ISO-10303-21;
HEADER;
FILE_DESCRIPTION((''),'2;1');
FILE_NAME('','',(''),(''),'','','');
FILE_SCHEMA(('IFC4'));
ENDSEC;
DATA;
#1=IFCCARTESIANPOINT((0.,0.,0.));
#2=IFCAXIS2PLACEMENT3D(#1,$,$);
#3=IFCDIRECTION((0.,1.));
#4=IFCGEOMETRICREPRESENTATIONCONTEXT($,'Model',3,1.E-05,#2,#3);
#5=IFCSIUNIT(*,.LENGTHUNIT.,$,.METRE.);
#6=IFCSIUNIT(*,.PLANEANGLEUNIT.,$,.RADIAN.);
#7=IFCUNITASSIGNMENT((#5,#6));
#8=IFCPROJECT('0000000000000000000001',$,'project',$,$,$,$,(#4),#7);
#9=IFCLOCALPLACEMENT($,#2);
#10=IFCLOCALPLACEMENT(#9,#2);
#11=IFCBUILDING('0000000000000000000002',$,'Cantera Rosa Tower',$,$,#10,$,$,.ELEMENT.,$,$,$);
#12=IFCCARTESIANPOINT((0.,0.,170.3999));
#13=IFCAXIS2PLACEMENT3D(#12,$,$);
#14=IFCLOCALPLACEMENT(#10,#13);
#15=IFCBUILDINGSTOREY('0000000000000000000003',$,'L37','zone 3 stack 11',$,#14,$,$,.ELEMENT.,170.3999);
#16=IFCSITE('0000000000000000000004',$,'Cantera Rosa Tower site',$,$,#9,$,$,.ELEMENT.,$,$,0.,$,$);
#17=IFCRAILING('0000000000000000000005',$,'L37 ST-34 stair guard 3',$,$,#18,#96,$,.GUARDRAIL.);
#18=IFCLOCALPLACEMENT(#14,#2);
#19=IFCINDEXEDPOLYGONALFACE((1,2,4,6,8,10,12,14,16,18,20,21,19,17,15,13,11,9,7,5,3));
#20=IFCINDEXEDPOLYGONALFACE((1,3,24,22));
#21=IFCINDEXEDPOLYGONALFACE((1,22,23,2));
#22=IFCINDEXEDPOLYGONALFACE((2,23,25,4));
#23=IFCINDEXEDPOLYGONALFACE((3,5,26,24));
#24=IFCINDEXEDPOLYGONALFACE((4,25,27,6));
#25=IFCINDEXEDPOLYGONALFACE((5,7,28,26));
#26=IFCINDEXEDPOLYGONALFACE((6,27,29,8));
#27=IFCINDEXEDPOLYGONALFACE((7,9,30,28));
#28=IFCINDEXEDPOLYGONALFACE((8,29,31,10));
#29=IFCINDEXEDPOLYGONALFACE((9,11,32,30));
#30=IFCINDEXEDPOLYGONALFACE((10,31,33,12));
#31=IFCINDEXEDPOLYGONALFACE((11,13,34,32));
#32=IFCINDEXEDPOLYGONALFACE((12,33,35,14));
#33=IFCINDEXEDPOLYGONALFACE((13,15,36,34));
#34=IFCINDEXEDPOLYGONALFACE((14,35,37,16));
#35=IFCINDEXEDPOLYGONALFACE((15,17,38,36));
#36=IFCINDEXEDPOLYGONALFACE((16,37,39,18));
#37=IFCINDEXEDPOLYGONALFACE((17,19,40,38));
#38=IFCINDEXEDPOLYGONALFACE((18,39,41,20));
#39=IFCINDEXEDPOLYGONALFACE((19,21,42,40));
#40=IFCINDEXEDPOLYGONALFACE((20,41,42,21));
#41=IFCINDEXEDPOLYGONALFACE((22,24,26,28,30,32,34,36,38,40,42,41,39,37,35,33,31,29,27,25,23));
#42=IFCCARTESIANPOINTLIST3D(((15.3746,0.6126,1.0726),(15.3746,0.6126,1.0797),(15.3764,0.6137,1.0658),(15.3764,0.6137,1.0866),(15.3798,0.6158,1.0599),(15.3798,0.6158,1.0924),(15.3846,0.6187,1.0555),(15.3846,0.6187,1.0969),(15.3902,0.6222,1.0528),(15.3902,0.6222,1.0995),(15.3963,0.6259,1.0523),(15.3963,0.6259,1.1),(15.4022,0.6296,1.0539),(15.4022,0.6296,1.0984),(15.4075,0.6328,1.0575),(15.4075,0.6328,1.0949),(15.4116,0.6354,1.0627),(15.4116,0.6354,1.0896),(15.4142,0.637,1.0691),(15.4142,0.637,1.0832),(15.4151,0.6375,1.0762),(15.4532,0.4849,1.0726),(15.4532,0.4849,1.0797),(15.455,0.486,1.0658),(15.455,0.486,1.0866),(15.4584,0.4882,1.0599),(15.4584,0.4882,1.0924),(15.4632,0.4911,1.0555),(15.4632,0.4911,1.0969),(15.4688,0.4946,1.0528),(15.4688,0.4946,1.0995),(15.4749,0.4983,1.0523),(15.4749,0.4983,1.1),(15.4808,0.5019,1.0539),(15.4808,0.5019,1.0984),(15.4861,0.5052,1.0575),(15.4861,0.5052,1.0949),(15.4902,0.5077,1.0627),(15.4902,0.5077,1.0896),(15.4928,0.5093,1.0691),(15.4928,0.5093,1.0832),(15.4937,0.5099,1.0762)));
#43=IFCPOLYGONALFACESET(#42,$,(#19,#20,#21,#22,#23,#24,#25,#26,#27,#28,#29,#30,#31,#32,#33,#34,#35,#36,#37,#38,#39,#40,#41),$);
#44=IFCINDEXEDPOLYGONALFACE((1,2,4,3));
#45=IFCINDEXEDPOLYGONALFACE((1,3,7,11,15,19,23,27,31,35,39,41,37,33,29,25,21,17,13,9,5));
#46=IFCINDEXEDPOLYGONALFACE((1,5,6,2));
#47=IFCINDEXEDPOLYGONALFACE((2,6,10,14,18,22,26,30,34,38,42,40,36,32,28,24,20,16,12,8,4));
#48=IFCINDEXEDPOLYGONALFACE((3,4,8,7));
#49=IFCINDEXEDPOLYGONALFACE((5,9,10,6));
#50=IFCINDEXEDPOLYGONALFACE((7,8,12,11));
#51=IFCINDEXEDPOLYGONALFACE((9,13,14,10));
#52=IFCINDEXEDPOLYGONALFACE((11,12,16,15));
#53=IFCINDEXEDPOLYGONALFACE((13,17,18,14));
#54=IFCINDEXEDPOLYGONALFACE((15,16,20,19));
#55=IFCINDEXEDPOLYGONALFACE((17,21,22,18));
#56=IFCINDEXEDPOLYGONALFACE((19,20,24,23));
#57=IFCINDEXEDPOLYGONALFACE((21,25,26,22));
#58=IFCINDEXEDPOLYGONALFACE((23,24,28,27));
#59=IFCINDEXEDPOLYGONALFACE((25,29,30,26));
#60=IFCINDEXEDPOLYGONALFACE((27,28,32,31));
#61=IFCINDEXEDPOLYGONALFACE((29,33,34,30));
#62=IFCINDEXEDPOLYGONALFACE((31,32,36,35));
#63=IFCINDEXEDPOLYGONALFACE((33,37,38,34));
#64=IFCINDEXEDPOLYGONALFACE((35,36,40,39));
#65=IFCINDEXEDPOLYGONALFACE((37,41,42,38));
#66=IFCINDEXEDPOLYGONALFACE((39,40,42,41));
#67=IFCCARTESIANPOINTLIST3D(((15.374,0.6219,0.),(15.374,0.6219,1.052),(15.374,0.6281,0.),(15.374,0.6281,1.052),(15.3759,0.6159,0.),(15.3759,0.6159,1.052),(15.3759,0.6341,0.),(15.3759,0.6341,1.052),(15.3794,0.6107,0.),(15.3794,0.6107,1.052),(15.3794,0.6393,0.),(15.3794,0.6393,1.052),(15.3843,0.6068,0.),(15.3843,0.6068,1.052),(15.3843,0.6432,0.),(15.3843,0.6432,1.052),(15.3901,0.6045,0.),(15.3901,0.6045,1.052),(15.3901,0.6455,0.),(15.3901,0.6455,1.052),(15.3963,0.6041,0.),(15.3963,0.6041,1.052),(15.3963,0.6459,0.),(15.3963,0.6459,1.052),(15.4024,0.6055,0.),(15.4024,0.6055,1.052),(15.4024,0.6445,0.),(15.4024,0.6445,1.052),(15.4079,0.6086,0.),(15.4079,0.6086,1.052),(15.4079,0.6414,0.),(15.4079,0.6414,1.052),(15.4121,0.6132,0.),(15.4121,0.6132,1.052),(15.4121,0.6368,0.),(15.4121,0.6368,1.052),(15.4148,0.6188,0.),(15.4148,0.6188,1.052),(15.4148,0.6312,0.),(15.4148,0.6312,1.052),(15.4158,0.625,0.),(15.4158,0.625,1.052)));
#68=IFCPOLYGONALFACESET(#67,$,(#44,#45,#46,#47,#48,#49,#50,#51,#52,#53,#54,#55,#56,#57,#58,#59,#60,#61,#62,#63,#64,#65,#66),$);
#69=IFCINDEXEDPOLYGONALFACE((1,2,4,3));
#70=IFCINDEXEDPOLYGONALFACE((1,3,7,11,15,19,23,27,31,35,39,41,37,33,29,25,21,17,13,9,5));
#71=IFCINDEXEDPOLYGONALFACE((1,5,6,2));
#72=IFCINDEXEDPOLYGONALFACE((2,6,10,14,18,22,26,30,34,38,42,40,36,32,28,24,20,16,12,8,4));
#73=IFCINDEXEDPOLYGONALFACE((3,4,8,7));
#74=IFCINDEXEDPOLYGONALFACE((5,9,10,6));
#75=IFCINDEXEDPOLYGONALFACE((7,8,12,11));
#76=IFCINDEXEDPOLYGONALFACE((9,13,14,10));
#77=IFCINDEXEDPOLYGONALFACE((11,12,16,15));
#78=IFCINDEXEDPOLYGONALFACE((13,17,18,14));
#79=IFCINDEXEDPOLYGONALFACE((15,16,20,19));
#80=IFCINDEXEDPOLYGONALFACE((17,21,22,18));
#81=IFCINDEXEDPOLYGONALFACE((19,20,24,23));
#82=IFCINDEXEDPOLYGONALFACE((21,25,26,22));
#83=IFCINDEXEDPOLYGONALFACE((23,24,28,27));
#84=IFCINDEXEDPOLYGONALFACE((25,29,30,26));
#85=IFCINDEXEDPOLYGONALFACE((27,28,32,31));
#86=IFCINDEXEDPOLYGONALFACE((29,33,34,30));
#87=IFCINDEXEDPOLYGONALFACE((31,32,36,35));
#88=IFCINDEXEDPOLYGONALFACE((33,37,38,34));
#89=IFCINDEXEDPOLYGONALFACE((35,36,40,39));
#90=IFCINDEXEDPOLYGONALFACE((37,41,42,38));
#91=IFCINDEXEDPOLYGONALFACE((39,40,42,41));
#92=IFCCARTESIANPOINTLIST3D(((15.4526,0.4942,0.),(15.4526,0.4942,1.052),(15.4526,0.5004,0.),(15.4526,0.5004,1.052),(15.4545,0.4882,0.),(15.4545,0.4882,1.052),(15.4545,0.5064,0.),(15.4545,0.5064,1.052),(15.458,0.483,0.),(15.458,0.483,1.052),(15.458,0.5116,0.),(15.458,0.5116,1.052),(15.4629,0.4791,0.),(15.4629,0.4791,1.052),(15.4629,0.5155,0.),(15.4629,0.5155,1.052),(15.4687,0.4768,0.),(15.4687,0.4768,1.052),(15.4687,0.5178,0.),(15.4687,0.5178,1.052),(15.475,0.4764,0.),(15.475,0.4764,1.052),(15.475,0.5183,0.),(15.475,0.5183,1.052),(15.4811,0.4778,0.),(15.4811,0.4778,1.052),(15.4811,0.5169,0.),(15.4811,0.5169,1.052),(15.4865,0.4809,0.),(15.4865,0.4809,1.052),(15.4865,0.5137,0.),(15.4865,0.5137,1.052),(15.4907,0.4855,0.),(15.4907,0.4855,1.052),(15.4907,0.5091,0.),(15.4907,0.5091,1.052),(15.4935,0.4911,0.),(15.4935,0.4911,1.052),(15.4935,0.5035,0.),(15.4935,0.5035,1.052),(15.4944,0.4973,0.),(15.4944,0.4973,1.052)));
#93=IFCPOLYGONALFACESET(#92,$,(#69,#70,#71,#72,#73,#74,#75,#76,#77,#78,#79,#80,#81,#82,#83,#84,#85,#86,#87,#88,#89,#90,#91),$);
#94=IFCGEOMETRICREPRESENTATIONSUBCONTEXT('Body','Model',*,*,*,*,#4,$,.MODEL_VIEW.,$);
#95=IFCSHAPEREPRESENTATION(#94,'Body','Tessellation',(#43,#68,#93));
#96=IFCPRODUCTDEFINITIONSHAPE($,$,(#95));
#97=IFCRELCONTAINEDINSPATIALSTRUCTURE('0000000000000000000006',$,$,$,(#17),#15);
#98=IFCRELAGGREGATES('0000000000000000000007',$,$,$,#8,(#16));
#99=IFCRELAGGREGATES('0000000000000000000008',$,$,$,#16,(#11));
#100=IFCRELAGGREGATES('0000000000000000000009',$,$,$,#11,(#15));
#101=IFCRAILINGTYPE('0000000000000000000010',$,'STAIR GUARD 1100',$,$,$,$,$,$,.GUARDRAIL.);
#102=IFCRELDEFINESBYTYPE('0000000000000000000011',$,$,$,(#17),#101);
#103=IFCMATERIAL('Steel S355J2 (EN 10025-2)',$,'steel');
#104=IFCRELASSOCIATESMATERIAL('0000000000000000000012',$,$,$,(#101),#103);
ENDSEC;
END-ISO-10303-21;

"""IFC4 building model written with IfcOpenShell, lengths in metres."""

from ifc_helpers import new_model, si_unit, direction, frame, origin, origin_2d, place, context, subcontext, project, spatial, circle, extrude, material, type_object, element, save


model = new_model("IFC4")

# Units and contexts
model_context = context("Model", 3, precision=1e-05, world=origin(), true_north=direction((0.0, 1.0)))
body_context = subcontext(model_context, "Body", "Model", "MODEL_VIEW")
ifc_project = project(units=[si_unit("LENGTHUNIT", "METRE"), si_unit("PLANEANGLEUNIT", "RADIAN")], contexts=[model_context])

# Site, building, storey
site_placement = place(None, origin())
site = spatial("IfcSite", under=ifc_project, at=site_placement, Name="Cantera Rosa Tower site", CompositionType="ELEMENT", RefElevation=0.0)
building_placement = place(site_placement, origin())
building = spatial("IfcBuilding", under=site, at=building_placement, Name="Cantera Rosa Tower", CompositionType="ELEMENT")
storey_placement = place(building_placement, frame((0.0, 0.0, 170.3999)))
storey = spatial("IfcBuildingStorey", under=building, at=storey_placement, Name="L37", Description="zone 3 stack 11", CompositionType="ELEMENT", Elevation=170.3999)

# Railing
ifc_material_1 = material(Name="Steel S355J2 (EN 10025-2)", Category="steel")
railing_type_1 = type_object("IfcRailingType", Name="STAIR GUARD 1100", PredefinedType="GUARDRAIL", material=ifc_material_1)
railing_1_placement = place(storey_placement, frame((15.3948, 0.625, 0.0)))
element("IfcRailing", 1, at=railing_1_placement, inside=storey, type_object=railing_type_1, Name="L37 ST-34 stair guard 3", PredefinedType="GUARDRAIL", context=body_context, shape_type="SweptSolid", body=[
    extrude(circle(Radius=0.0239, at=origin_2d()), frame((0.0, 0.0, 1.0762), z_axis=(0.524279, -0.851546, 0.0), x_axis=(0.851546, 0.524279, 0.0)), (0.0, 0.0, 1.0), 0.1499),
    extrude(circle(Radius=0.021, at=origin_2d()), origin(), (0.0, 0.0, 1.0), 1.052),
    extrude(circle(Radius=0.021, at=origin_2d()), frame((0.0786, -0.1277, 0.0)), (0.0, 0.0, 1.0), 1.052),
])

save(model, "model.ifc")
